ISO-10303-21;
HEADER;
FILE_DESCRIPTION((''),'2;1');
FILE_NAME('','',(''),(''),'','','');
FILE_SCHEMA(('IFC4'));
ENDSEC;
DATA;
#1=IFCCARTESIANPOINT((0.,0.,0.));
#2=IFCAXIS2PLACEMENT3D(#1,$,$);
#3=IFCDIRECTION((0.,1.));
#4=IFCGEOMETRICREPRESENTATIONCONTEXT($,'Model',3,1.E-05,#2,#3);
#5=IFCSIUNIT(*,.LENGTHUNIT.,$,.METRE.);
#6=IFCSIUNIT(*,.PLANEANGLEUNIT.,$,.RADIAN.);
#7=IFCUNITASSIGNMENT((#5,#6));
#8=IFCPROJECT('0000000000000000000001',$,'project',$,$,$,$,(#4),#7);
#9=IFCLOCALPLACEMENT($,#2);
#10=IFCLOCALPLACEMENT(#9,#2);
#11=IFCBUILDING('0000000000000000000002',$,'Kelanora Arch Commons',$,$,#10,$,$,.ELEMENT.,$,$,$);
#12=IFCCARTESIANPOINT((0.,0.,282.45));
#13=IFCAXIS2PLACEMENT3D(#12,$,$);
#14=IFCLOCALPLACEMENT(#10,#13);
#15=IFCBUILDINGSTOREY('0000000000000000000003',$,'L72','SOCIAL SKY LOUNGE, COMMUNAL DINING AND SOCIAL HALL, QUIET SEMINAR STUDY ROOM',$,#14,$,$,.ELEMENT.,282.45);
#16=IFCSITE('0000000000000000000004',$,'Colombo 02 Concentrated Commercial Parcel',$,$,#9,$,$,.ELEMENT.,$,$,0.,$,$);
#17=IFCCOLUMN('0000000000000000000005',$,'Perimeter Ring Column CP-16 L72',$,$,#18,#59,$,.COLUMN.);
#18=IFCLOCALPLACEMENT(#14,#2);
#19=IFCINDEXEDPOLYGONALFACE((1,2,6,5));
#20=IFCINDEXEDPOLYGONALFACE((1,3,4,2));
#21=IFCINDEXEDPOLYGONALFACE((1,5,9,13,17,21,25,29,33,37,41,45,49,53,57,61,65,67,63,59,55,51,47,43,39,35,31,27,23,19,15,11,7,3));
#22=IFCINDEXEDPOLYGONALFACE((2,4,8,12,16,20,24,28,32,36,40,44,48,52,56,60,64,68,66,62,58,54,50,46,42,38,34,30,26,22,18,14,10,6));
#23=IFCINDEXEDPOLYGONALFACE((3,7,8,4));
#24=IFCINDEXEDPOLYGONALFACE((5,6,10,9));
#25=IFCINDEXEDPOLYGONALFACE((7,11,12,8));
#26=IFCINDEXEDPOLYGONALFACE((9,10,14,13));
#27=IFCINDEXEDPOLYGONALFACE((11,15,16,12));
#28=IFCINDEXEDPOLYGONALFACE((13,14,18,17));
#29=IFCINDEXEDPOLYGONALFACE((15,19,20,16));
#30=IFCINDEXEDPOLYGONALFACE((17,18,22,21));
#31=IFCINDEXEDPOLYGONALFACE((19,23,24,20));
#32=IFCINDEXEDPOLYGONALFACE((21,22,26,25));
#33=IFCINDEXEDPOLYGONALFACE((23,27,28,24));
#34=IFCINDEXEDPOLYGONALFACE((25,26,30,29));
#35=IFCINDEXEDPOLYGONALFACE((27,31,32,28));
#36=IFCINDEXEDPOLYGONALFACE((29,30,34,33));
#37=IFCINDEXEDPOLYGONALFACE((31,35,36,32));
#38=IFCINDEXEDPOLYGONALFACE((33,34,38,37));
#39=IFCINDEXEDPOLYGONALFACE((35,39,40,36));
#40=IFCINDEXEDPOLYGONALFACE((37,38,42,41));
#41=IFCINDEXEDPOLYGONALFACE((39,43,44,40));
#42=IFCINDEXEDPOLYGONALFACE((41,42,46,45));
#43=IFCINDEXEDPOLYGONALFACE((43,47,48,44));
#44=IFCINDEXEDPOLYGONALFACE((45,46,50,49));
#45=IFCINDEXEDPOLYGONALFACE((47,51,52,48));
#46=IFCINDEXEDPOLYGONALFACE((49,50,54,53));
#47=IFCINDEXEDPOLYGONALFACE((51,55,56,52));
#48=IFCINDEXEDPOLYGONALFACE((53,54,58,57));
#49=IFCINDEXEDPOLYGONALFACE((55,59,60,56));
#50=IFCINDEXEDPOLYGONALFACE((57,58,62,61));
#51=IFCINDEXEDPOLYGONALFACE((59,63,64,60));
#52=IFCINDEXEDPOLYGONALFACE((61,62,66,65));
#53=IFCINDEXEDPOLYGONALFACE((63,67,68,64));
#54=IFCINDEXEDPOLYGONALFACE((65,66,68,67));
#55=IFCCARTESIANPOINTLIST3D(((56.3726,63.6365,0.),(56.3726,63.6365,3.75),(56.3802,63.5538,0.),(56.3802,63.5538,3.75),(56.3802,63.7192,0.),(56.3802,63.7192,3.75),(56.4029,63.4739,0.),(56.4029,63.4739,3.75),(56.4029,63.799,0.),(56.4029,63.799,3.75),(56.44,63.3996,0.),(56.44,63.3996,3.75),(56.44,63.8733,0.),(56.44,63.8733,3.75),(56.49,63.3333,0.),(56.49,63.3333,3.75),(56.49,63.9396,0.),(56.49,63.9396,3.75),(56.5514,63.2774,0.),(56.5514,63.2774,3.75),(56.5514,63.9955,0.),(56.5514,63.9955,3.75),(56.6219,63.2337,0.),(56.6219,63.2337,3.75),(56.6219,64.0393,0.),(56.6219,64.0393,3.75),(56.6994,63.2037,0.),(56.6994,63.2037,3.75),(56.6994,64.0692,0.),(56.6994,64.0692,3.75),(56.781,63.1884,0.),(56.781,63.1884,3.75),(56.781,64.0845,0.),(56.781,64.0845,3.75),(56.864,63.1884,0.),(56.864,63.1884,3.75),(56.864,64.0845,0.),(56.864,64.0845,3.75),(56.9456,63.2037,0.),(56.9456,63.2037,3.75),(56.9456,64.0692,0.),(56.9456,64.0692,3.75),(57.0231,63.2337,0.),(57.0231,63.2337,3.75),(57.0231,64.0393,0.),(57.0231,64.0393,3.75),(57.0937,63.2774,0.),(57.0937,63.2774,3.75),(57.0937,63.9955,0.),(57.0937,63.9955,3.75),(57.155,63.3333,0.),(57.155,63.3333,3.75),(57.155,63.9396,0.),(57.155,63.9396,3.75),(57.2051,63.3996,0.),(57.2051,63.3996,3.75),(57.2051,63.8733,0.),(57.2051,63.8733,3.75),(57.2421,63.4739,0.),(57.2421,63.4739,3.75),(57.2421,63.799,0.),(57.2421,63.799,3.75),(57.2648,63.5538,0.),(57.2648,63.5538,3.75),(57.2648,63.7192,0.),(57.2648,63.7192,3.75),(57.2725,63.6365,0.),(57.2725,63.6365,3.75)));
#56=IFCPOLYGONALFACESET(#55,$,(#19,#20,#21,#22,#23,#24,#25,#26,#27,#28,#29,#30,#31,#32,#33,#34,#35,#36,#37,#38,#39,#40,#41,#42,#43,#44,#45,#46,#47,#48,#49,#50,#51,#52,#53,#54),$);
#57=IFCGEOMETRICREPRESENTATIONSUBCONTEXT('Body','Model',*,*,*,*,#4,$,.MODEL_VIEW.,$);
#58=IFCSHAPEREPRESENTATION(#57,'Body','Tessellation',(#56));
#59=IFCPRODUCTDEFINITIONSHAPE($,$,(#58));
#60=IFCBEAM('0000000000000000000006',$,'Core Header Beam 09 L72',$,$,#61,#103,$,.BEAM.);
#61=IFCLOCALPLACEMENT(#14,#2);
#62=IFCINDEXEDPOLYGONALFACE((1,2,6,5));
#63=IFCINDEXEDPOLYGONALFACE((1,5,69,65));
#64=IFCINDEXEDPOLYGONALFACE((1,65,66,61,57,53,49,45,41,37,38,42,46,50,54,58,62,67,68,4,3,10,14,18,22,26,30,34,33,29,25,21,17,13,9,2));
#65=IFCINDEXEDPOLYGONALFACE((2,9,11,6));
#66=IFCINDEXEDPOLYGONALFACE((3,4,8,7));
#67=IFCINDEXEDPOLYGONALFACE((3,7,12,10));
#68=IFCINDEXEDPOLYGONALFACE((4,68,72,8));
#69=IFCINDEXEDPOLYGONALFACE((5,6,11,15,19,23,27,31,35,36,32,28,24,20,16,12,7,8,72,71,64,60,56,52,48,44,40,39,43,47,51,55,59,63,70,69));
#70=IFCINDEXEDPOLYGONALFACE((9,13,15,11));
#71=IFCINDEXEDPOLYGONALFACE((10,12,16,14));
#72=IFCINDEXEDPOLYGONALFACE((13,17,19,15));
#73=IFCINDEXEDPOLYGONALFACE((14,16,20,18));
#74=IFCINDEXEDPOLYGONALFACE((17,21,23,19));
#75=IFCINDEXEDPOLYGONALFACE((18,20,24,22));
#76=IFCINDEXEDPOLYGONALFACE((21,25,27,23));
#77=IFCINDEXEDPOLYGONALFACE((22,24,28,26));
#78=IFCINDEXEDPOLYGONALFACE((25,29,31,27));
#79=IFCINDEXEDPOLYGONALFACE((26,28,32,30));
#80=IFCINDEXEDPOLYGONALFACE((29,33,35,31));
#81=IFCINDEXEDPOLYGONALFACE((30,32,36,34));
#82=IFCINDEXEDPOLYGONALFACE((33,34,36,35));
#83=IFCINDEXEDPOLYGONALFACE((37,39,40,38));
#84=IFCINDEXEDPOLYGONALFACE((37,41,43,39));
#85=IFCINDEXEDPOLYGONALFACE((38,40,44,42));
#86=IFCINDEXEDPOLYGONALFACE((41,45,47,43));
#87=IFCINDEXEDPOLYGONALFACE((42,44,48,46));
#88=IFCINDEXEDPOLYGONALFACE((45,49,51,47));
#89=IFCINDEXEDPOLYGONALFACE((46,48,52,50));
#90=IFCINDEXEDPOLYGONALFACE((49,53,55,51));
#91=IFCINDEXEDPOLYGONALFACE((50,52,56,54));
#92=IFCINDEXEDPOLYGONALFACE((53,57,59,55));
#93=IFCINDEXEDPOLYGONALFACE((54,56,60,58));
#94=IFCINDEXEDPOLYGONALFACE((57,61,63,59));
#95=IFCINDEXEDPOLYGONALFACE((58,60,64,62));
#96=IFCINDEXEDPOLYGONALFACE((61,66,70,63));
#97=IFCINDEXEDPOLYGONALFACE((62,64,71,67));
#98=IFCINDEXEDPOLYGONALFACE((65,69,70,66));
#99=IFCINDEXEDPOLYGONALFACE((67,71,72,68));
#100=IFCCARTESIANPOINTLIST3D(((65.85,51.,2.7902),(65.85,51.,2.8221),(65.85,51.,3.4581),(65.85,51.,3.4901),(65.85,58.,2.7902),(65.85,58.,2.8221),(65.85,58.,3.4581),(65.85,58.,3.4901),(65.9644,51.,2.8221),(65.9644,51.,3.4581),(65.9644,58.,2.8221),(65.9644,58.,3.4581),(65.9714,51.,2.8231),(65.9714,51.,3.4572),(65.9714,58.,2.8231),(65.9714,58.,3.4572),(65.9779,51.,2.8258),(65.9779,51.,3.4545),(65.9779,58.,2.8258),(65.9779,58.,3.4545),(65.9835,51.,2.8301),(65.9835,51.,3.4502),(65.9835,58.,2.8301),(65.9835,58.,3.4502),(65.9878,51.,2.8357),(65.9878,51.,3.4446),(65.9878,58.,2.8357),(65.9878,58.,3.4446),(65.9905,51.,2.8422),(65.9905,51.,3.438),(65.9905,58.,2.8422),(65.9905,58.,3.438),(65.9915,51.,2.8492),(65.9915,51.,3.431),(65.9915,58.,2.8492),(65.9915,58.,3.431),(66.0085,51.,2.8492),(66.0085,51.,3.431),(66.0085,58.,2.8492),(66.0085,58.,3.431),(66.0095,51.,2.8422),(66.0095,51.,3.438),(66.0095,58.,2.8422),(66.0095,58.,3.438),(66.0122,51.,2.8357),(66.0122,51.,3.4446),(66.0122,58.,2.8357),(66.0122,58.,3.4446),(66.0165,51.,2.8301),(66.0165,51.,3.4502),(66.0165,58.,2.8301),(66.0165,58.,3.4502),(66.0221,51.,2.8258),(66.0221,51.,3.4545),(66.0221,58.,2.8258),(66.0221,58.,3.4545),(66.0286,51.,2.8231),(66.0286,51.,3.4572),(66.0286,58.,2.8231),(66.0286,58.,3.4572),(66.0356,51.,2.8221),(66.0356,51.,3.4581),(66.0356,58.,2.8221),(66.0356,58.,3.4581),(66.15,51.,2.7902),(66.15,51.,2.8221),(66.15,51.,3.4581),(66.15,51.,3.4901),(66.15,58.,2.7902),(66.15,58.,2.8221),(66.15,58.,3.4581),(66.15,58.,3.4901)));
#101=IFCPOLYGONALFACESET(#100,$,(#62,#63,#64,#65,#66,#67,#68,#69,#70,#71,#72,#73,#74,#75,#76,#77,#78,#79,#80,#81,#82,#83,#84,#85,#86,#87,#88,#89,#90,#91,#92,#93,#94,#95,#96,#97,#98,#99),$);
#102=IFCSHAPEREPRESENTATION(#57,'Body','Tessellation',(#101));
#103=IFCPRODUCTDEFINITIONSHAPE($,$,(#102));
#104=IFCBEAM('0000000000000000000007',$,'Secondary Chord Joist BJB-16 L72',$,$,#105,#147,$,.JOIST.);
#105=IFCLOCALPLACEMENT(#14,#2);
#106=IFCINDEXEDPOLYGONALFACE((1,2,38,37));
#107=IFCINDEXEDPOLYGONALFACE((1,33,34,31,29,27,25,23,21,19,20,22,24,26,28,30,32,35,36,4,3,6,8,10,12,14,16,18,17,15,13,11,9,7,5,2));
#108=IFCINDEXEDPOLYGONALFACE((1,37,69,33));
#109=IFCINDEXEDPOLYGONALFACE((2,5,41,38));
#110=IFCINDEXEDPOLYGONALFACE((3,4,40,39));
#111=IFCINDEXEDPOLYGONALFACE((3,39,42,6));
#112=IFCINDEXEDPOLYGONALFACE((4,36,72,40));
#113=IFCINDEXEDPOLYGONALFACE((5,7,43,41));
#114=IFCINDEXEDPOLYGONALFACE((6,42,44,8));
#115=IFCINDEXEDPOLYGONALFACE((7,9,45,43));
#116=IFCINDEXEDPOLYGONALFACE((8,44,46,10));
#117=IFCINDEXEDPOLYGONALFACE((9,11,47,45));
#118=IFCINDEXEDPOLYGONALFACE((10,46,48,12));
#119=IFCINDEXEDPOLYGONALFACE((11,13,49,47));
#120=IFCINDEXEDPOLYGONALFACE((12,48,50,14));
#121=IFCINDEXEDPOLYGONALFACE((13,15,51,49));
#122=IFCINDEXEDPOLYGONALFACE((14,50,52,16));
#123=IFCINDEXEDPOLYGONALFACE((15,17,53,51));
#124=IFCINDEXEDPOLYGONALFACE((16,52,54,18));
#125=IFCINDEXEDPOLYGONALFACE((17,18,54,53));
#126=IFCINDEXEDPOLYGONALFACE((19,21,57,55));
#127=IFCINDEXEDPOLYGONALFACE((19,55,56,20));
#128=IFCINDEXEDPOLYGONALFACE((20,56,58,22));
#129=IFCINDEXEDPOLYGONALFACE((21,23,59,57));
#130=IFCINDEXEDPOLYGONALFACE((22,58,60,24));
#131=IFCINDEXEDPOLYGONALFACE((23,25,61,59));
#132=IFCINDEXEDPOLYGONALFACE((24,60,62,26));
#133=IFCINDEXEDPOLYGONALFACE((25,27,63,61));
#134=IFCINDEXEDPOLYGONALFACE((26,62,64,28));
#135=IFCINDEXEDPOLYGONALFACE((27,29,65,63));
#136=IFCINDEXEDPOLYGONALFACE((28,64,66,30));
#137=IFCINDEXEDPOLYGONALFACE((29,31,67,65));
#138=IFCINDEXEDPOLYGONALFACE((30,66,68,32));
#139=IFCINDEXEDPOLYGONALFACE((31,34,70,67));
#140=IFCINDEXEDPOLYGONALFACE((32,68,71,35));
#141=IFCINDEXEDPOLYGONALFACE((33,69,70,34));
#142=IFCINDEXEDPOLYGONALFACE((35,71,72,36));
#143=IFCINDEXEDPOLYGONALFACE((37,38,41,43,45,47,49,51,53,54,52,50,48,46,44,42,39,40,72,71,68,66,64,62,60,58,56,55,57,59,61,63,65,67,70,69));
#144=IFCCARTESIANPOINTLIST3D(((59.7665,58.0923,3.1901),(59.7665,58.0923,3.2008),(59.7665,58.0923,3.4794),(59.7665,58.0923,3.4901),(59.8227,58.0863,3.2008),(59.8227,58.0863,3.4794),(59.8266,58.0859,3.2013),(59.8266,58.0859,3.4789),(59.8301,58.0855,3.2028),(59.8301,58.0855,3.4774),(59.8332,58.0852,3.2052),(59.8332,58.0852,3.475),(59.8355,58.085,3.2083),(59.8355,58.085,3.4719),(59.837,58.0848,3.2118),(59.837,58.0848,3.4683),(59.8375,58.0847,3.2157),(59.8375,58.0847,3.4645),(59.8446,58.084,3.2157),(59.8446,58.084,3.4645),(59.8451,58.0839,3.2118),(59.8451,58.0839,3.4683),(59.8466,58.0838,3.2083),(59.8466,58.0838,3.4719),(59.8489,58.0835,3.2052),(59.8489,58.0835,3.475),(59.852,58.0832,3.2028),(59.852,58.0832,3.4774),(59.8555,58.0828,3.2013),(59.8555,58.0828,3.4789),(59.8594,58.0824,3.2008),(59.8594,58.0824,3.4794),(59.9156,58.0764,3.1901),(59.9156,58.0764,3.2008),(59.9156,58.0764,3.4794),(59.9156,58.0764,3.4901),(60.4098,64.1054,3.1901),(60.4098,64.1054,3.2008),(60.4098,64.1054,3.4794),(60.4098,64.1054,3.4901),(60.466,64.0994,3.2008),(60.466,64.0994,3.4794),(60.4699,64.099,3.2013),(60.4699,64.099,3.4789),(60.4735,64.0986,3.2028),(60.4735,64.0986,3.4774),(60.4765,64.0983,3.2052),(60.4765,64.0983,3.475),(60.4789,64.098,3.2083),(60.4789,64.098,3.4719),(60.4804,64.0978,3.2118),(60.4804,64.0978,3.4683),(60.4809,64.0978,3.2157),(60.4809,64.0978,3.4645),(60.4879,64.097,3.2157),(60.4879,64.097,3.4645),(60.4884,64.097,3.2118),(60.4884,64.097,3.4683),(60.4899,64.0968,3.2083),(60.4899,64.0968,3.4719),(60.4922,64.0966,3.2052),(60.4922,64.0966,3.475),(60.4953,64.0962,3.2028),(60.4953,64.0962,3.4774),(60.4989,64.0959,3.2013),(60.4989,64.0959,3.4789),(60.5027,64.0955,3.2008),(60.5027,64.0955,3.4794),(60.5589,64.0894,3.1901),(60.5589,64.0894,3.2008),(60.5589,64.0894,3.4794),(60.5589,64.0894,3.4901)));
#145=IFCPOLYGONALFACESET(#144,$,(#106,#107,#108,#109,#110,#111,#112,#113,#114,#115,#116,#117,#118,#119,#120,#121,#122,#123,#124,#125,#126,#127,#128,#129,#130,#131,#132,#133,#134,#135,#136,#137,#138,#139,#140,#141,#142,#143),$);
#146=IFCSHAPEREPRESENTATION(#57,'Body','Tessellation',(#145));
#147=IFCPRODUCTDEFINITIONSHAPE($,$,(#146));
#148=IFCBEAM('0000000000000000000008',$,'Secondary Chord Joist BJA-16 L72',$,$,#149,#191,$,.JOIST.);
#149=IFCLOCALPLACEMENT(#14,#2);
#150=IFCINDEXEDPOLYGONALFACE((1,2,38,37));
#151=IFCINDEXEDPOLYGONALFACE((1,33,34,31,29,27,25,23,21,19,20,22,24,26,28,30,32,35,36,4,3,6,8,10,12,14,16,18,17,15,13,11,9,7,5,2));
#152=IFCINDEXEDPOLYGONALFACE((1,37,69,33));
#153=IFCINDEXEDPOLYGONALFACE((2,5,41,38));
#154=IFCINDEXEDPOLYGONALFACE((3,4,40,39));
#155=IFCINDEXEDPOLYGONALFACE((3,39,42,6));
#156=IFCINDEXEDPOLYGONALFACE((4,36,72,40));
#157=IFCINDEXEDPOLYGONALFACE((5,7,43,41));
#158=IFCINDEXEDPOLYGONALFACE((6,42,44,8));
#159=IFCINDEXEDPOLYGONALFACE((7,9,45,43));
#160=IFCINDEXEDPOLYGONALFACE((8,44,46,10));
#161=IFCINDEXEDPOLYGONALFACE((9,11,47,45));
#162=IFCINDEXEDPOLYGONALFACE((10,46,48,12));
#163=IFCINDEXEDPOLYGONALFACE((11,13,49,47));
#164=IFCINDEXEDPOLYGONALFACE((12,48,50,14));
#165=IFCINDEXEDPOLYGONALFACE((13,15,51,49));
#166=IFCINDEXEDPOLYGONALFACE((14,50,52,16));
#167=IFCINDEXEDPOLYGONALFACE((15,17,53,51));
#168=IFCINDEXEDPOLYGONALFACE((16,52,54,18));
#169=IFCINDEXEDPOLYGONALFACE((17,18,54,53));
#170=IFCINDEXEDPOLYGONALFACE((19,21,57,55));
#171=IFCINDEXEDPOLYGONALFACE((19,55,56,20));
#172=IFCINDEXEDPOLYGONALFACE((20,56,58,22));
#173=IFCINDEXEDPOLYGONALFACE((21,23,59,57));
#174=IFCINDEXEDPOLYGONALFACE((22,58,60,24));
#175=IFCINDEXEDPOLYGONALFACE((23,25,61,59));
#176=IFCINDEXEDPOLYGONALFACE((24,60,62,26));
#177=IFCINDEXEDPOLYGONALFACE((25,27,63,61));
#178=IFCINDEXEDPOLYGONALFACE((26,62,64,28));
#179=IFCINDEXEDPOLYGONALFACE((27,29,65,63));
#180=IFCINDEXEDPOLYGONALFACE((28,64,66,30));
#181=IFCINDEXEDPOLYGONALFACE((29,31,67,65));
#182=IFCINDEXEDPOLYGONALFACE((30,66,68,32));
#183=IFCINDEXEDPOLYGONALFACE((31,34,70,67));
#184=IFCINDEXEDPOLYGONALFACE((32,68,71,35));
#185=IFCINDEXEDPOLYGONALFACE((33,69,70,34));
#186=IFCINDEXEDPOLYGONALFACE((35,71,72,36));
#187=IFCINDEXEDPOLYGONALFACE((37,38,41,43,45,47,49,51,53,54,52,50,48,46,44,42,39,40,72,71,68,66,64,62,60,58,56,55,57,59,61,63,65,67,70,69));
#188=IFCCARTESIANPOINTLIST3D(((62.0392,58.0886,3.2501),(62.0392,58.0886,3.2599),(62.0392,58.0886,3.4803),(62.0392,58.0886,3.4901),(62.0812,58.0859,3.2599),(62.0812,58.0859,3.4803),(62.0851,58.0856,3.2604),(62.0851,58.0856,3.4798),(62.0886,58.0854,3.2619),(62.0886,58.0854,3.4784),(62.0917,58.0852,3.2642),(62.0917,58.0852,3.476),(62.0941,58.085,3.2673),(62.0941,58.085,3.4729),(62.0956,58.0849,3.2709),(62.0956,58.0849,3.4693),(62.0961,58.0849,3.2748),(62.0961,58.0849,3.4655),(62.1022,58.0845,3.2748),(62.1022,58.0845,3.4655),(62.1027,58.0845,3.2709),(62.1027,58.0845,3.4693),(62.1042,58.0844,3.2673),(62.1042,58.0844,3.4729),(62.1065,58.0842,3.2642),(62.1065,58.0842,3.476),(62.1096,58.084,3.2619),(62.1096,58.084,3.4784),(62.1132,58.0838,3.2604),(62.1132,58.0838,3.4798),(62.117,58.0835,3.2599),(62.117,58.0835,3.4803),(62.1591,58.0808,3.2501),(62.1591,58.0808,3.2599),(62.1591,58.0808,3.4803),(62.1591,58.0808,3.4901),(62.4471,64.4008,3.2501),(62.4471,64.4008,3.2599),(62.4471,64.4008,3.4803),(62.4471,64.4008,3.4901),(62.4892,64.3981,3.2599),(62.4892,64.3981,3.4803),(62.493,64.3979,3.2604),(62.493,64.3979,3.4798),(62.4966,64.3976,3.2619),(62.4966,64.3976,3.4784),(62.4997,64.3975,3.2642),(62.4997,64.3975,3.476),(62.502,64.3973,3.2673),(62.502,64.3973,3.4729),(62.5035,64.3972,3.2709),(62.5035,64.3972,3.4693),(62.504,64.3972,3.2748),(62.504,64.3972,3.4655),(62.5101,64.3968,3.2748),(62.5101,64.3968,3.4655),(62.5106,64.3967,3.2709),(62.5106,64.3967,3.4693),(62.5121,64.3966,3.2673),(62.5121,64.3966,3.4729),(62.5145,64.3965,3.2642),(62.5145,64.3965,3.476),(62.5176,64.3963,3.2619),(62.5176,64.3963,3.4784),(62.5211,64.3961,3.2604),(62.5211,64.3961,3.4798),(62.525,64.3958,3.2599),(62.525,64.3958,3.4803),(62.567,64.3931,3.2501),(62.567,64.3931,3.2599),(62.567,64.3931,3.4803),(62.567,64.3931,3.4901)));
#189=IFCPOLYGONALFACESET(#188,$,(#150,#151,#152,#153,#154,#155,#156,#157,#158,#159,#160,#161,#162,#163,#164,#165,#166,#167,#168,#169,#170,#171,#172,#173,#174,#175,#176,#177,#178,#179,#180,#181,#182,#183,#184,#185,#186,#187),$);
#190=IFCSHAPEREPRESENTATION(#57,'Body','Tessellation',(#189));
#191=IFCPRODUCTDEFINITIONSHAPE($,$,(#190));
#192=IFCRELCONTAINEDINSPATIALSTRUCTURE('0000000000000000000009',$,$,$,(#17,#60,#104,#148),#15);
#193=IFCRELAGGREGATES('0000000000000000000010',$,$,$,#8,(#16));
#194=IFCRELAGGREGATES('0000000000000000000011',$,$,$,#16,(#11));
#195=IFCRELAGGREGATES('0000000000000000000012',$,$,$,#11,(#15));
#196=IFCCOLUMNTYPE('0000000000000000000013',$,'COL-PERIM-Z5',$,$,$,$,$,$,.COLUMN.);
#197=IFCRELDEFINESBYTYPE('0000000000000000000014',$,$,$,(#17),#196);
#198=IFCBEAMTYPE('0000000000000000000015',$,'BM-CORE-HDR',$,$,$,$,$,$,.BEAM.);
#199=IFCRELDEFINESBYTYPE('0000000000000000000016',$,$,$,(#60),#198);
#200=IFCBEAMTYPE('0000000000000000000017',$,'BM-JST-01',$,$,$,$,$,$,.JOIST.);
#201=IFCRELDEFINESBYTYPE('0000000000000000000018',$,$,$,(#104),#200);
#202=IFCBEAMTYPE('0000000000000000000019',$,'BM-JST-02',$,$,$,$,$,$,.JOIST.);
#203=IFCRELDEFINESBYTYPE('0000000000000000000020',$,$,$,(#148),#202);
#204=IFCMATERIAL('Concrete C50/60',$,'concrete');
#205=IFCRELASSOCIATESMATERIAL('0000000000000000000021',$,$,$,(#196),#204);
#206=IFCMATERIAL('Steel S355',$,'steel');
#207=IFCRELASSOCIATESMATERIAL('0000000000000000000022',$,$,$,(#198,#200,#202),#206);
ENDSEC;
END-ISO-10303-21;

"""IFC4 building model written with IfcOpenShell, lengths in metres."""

from ifc_helpers import new_model, si_unit, direction, frame, origin, origin_2d, place, context, subcontext, project, spatial, circle, i_section, extrude, material, material_profile, profile_set, type_object, element, save


model = new_model("IFC4")

# Units and contexts
model_context = context("Model", 3, precision=1e-05, world=origin(), true_north=direction((0.0, 1.0)))
body_context = subcontext(model_context, "Body", "Model", "MODEL_VIEW")
ifc_project = project(units=[si_unit("LENGTHUNIT", "METRE"), si_unit("PLANEANGLEUNIT", "RADIAN")], contexts=[model_context])

# Site, building, storey
site_placement = place(None, origin())
site = spatial("IfcSite", under=ifc_project, at=site_placement, Name="Colombo 02 Concentrated Commercial Parcel", CompositionType="ELEMENT", RefElevation=0.0)
building_placement = place(site_placement, origin())
building = spatial("IfcBuilding", under=site, at=building_placement, Name="Kelanora Arch Commons", CompositionType="ELEMENT")
storey_placement = place(building_placement, frame((0.0, 0.0, 282.45)))
storey = spatial("IfcBuildingStorey", under=building, at=storey_placement, Name="L72", Description="SOCIAL SKY LOUNGE, COMMUNAL DINING AND SOCIAL HALL, QUIET SEMINAR STUDY ROOM", CompositionType="ELEMENT", Elevation=282.45)

# Column
ifc_material_1 = material(Name="Concrete C50/60", Category="concrete")
ifc_material_profile_1 = material_profile(ifc_material_1, circle(Radius=0.45, at=origin_2d()), Name="RCC900")
ifc_profile_set_1 = profile_set([ifc_material_profile_1], Name="Concrete C50/60")
column_type = type_object("IfcColumnType", Name="COL-PERIM-Z5", PredefinedType="COLUMN", material=ifc_profile_set_1)
column_placement = place(storey_placement, frame((56.8225, 63.6365, 0.0), z_axis=(0.0, 0.0, 1.0), x_axis=(1.0, 0.0, 0.0)))
element("IfcColumn", 1, at=column_placement, inside=storey, type_object=column_type, Name="Perimeter Ring Column CP-16 L72", PredefinedType="COLUMN", context=body_context, shape_type="SweptSolid", body=[
    extrude(circle(Radius=0.45, at=origin_2d()), origin(), (0.0, 0.0, 1.0), 3.75),
])

# Beams
ifc_material_2 = material(Name="Steel S355", Category="steel")
ifc_material_profile_2 = material_profile(ifc_material_2, i_section(OverallWidth=0.3, OverallDepth=0.7, WebThickness=0.0171, FlangeThickness=0.032, FilletRadius=0.0271, at=origin_2d()), Name="HEB700")
ifc_profile_set_2 = profile_set([ifc_material_profile_2], Name="Steel S355")
beam_type_1 = type_object("IfcBeamType", Name="BM-CORE-HDR", PredefinedType="BEAM", material=ifc_profile_set_2)
beam_1_placement = place(storey_placement, frame((66.0, 58.0, 3.1401), z_axis=(0.0, -1.0, 0.0), x_axis=(1.0, 0.0, 0.0)))
element("IfcBeam", 2, at=beam_1_placement, inside=storey, type_object=beam_type_1, Name="Core Header Beam 09 L72", PredefinedType="BEAM", context=body_context, shape_type="SweptSolid", body=[
    extrude(i_section(OverallWidth=0.3, OverallDepth=0.7, WebThickness=0.0171, FlangeThickness=0.032, FilletRadius=0.0271, at=origin_2d()), origin(), (0.0, 0.0, 1.0), 7.0),
])
ifc_material_profile_3 = material_profile(ifc_material_2, i_section(OverallWidth=0.1499, OverallDepth=0.3, WebThickness=0.0071, FlangeThickness=0.0107, FilletRadius=0.0149, at=origin_2d()), Name="IPE300")
ifc_profile_set_3 = profile_set([ifc_material_profile_3], Name="Steel S355")
beam_type_2 = type_object("IfcBeamType", Name="BM-JST-01", PredefinedType="JOIST", material=ifc_profile_set_3)
beam_2_placement = place(storey_placement, frame((60.4844, 64.0974, 3.3401), z_axis=(-0.106381, -0.994325, 0.0), x_axis=(0.994325, -0.106381, 0.0)))
element("IfcBeam", 3, at=beam_2_placement, inside=storey, type_object=beam_type_2, Name="Secondary Chord Joist BJB-16 L72", PredefinedType="JOIST", context=body_context, shape_type="SweptSolid", body=[
    extrude(i_section(OverallWidth=0.1499, OverallDepth=0.3, WebThickness=0.0071, FlangeThickness=0.0107, FilletRadius=0.0149, at=origin_2d()), origin(), (0.0, 0.0, 1.0), 6.0474),
])
ifc_material_profile_4 = material_profile(ifc_material_2, i_section(OverallWidth=0.1201, OverallDepth=0.24, WebThickness=0.0061, FlangeThickness=0.0098, FilletRadius=0.0149, at=origin_2d()), Name="IPE240")
ifc_profile_set_4 = profile_set([ifc_material_profile_4], Name="Steel S355")
beam_type_3 = type_object("IfcBeamType", Name="BM-JST-02", PredefinedType="JOIST", material=ifc_profile_set_4)
beam_3_placement = place(storey_placement, frame((62.5071, 64.397, 3.3701), z_axis=(-0.064495, -0.997918, 0.0), x_axis=(0.997918, -0.064495, 0.0)))
element("IfcBeam", 4, at=beam_3_placement, inside=storey, type_object=beam_type_3, Name="Secondary Chord Joist BJA-16 L72", PredefinedType="JOIST", context=body_context, shape_type="SweptSolid", body=[
    extrude(i_section(OverallWidth=0.1201, OverallDepth=0.24, WebThickness=0.0061, FlangeThickness=0.0098, FilletRadius=0.0149, at=origin_2d()), origin(), (0.0, 0.0, 1.0), 6.3254),
])

save(model, "model.ifc")
